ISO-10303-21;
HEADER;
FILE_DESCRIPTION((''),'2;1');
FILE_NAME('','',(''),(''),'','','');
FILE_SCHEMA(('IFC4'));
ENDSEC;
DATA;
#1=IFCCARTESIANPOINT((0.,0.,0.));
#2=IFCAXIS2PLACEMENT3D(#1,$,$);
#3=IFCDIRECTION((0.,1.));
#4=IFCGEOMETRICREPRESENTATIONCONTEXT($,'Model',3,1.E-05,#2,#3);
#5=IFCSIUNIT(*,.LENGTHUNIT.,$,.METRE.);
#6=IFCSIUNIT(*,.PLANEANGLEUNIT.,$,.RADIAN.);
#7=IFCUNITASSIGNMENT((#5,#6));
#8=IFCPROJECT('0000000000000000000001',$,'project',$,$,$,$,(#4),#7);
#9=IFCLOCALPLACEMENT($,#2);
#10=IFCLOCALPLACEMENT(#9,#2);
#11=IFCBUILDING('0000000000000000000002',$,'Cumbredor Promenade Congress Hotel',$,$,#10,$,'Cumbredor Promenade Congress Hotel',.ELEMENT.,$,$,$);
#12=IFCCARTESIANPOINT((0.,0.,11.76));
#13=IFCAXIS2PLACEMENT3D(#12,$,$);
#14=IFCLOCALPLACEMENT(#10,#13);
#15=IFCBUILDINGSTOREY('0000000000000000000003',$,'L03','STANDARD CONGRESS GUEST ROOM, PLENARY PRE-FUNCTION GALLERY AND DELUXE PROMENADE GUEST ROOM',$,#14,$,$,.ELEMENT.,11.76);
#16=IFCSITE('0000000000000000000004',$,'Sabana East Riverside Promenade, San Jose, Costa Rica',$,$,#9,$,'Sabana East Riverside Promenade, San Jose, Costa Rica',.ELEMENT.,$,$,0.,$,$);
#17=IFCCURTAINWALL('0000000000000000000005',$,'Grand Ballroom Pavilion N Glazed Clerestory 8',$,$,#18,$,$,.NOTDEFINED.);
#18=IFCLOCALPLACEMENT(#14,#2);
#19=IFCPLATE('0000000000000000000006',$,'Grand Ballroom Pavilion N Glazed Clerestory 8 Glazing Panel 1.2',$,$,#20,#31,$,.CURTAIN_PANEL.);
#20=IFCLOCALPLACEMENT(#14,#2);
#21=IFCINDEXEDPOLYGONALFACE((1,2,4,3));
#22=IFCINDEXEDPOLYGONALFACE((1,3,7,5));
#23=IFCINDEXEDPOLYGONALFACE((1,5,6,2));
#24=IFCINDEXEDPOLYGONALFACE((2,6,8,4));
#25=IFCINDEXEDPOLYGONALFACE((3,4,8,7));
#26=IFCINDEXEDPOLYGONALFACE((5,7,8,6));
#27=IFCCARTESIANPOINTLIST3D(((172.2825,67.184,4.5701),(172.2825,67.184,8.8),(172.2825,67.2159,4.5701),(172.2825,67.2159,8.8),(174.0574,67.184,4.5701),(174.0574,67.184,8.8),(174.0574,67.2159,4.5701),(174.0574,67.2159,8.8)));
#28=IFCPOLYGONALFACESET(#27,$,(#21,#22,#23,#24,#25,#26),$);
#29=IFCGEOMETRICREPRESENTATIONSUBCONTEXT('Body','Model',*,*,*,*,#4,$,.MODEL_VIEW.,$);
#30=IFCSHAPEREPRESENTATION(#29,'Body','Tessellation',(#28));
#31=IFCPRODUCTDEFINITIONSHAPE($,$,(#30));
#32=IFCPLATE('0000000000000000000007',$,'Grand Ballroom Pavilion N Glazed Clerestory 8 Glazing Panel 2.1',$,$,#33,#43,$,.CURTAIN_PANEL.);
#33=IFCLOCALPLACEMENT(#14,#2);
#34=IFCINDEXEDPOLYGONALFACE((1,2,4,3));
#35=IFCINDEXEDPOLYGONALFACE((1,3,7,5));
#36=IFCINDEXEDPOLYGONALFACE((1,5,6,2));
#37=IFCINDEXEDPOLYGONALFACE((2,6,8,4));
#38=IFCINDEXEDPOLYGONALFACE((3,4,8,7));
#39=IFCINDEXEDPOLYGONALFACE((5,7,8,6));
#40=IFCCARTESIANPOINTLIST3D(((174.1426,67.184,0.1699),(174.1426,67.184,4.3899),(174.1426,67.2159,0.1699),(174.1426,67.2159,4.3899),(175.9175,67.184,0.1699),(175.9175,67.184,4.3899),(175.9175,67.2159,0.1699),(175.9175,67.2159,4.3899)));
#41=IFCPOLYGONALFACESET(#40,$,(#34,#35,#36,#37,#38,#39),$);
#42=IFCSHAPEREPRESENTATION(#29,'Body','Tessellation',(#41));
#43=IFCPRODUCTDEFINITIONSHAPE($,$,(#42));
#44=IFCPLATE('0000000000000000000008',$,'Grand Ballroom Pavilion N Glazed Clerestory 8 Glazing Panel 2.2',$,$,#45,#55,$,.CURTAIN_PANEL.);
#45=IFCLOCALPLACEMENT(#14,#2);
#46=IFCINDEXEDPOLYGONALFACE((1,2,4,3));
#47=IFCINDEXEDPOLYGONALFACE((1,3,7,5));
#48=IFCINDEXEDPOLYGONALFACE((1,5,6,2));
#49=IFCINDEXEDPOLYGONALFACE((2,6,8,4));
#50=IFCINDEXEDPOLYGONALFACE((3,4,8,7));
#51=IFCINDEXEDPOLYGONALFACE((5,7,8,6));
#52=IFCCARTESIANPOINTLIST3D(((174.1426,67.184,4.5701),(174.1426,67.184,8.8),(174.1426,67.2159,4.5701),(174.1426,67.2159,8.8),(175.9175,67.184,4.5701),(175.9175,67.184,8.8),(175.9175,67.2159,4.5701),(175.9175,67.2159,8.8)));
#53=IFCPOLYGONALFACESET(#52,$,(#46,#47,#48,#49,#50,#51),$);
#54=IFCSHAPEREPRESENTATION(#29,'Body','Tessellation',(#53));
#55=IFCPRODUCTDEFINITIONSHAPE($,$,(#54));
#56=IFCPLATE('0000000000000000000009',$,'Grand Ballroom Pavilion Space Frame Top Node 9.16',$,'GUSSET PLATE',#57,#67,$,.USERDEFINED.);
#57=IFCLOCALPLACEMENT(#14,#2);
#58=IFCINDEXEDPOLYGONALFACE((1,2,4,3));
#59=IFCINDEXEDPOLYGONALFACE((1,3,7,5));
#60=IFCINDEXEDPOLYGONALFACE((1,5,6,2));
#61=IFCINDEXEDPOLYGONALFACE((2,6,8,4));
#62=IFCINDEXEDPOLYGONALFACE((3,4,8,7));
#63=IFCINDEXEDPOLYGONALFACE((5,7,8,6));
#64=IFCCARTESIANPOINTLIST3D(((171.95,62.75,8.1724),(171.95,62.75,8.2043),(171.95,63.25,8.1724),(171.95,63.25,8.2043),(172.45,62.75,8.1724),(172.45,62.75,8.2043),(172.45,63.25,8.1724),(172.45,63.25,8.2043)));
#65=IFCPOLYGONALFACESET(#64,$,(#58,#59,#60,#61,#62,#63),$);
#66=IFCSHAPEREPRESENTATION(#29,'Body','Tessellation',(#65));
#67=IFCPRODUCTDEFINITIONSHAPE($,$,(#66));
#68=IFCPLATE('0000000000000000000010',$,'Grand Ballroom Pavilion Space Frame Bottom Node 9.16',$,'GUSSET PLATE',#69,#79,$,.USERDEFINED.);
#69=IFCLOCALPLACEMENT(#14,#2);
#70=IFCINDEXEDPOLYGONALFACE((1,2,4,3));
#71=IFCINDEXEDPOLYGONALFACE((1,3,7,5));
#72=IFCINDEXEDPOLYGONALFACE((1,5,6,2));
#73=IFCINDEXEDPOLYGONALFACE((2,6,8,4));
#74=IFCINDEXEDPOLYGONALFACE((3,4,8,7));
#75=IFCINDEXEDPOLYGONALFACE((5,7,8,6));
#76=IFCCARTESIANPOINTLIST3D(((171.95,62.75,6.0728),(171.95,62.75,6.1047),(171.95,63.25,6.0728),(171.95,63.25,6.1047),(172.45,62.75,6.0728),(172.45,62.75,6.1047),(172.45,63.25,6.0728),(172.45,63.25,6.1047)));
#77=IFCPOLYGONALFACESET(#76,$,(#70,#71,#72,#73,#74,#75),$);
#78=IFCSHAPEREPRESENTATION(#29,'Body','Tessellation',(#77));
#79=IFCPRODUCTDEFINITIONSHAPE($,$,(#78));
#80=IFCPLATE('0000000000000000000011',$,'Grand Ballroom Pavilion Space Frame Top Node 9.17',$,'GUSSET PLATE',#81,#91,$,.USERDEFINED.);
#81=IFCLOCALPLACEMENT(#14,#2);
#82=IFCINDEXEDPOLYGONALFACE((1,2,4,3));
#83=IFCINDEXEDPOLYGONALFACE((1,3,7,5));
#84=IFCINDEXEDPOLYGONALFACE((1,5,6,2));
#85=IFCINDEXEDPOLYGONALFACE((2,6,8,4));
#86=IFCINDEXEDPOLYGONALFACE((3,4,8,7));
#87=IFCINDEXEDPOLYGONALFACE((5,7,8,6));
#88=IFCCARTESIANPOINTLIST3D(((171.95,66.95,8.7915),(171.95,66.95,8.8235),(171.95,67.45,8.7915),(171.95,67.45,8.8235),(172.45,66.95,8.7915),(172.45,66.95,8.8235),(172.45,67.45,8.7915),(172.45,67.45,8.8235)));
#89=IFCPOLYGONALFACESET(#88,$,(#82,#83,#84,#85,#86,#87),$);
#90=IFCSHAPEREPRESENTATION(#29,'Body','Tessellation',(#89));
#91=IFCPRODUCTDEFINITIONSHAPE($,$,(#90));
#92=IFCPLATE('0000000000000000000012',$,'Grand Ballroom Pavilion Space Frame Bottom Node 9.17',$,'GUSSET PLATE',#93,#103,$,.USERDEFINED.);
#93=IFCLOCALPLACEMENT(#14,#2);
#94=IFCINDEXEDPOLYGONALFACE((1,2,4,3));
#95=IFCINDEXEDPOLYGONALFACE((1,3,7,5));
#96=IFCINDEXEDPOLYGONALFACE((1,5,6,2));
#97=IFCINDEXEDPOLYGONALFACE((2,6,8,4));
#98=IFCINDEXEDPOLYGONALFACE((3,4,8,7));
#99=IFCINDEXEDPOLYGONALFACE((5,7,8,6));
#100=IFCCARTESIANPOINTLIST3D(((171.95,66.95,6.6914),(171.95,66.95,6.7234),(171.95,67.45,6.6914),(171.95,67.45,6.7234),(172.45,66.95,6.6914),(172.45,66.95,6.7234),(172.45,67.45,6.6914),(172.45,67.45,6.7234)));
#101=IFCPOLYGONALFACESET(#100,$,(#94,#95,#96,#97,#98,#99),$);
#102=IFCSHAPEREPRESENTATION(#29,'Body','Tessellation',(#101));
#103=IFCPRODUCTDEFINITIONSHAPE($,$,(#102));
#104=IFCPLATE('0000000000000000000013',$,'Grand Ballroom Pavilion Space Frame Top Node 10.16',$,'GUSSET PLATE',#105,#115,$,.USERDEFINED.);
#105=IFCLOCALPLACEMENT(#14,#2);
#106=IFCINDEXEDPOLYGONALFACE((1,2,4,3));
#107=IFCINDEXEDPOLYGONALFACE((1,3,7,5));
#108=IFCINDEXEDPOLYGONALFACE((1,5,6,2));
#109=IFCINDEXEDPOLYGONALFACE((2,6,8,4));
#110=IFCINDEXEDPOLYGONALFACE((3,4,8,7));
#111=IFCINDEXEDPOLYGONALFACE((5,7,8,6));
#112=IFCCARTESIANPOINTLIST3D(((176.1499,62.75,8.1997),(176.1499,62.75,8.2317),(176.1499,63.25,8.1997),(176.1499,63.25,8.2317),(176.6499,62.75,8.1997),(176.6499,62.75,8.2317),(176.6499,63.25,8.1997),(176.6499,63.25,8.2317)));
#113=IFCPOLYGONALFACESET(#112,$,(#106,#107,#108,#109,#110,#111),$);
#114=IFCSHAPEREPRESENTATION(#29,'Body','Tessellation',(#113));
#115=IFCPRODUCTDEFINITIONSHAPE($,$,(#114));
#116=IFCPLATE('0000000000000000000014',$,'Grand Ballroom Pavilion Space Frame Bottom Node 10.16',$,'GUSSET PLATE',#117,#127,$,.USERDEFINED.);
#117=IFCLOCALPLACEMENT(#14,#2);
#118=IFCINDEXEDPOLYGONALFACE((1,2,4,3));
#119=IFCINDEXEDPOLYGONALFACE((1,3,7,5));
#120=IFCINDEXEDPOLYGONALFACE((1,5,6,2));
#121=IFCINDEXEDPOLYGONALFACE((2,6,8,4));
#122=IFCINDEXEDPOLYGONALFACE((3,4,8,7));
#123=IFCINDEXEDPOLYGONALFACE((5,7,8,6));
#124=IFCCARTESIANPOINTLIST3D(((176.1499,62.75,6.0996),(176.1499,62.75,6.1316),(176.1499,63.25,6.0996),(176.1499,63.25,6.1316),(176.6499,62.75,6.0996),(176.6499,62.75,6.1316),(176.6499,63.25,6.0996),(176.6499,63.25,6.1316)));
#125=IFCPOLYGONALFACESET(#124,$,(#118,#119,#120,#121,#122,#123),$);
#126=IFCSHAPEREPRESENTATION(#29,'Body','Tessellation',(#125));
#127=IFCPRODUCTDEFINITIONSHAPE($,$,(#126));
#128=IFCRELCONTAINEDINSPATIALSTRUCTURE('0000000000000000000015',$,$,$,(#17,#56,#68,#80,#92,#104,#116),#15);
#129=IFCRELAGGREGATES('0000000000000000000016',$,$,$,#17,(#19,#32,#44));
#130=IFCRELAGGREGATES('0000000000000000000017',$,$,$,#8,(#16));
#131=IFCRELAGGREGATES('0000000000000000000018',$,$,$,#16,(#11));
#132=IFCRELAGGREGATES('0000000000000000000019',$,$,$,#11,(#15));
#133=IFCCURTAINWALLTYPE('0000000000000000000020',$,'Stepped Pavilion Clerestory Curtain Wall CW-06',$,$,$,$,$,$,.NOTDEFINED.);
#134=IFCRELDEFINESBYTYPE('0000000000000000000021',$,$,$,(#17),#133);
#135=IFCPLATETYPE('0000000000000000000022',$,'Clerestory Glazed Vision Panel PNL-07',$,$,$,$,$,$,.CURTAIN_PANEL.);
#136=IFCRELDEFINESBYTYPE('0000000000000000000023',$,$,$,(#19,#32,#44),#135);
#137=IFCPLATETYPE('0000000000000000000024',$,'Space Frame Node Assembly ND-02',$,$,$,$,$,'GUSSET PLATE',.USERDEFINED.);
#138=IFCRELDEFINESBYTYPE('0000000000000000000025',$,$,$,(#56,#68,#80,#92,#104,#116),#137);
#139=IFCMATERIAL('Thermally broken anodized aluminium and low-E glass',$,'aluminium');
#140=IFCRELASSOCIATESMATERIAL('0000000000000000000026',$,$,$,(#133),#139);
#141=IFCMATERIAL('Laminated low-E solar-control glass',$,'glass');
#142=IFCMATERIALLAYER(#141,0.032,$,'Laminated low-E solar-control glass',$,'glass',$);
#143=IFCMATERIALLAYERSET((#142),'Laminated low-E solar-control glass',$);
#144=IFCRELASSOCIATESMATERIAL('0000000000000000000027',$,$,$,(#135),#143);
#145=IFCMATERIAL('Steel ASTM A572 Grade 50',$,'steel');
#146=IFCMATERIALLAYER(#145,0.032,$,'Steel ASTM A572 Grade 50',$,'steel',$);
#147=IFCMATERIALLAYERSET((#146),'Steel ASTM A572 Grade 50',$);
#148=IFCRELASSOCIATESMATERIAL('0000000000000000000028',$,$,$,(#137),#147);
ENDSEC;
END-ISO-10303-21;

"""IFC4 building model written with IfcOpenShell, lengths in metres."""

from ifc_helpers import new_model, si_unit, direction, frame, origin, origin_2d, place, context, subcontext, project, spatial, rectangle, extrude, material, layer, layer_set, type_object, element, aggregate, save


model = new_model("IFC4")

# Units and contexts
model_context = context("Model", 3, precision=1e-05, world=origin(), true_north=direction((0.0, 1.0)))
body_context = subcontext(model_context, "Body", "Model", "MODEL_VIEW")
ifc_project = project(units=[si_unit("LENGTHUNIT", "METRE"), si_unit("PLANEANGLEUNIT", "RADIAN")], contexts=[model_context])

# Site, building, storey
site_placement = place(None, origin())
site = spatial("IfcSite", under=ifc_project, at=site_placement, Name="Sabana East Riverside Promenade, San Jose, Costa Rica", LongName="Sabana East Riverside Promenade, San Jose, Costa Rica", CompositionType="ELEMENT", RefElevation=0.0)
building_placement = place(site_placement, origin())
building = spatial("IfcBuilding", under=site, at=building_placement, Name="Cumbredor Promenade Congress Hotel", LongName="Cumbredor Promenade Congress Hotel", CompositionType="ELEMENT")
storey_placement = place(building_placement, frame((0.0, 0.0, 11.76)))
storey = spatial("IfcBuildingStorey", under=building, at=storey_placement, Name="L03", Description="STANDARD CONGRESS GUEST ROOM, PLENARY PRE-FUNCTION GALLERY AND DELUXE PROMENADE GUEST ROOM", CompositionType="ELEMENT", Elevation=11.76)

# Shared definitions
ifc_material_1 = material(Name="Thermally broken anodized aluminium and low-E glass", Category="aluminium")
curtain_wall_type = type_object("IfcCurtainWallType", Name="Stepped Pavilion Clerestory Curtain Wall CW-06", PredefinedType="NOTDEFINED", material=ifc_material_1)

# Curtain wall
curtain_wall_1_placement = place(storey_placement, origin())
curtain_wall_1 = element("IfcCurtainWall", 1, at=curtain_wall_1_placement, inside=storey, type_object=curtain_wall_type, Name="Grand Ballroom Pavilion N Glazed Clerestory 8", PredefinedType="NOTDEFINED")

# Plates
ifc_material_2 = material(Name="Laminated low-E solar-control glass", Category="glass")
ifc_layer_1 = layer(ifc_material_2, 0.032, Name="Laminated low-E solar-control glass", Category="glass")
ifc_layer_set_1 = layer_set([ifc_layer_1], Name="Laminated low-E solar-control glass")
plate_type_1 = type_object("IfcPlateType", Name="Clerestory Glazed Vision Panel PNL-07", PredefinedType="CURTAIN_PANEL", material=ifc_layer_set_1)
plate_1_placement = place(storey_placement, frame((173.1699, 67.2, 4.5701), z_axis=(0.0, 0.0, 1.0), x_axis=(1.0, 0.0, 0.0)))
plate_1 = element("IfcPlate", 2, at=plate_1_placement, type_object=plate_type_1, Name="Grand Ballroom Pavilion N Glazed Clerestory 8 Glazing Panel 1.2", PredefinedType="CURTAIN_PANEL", context=body_context, shape_type="SweptSolid", body=[
    extrude(rectangle(XDim=1.7749, YDim=0.032, at=origin_2d()), origin(), (0.0, 0.0, 1.0), 4.23),
])
plate_2_placement = place(storey_placement, frame((175.03, 67.2, 0.1699), z_axis=(0.0, 0.0, 1.0), x_axis=(1.0, 0.0, 0.0)))
plate_2 = element("IfcPlate", 3, at=plate_2_placement, type_object=plate_type_1, Name="Grand Ballroom Pavilion N Glazed Clerestory 8 Glazing Panel 2.1", PredefinedType="CURTAIN_PANEL", context=body_context, shape_type="SweptSolid", body=[
    extrude(rectangle(XDim=1.7749, YDim=0.032, at=origin_2d()), origin(), (0.0, 0.0, 1.0), 4.22),
])
plate_3_placement = place(storey_placement, frame((175.03, 67.2, 4.5701), z_axis=(0.0, 0.0, 1.0), x_axis=(1.0, 0.0, 0.0)))
plate_3 = element("IfcPlate", 4, at=plate_3_placement, type_object=plate_type_1, Name="Grand Ballroom Pavilion N Glazed Clerestory 8 Glazing Panel 2.2", PredefinedType="CURTAIN_PANEL", context=body_context, shape_type="SweptSolid", body=[
    extrude(rectangle(XDim=1.7749, YDim=0.032, at=origin_2d()), origin(), (0.0, 0.0, 1.0), 4.23),
])
aggregate(curtain_wall_1, [plate_1, plate_2, plate_3])

# Plates
ifc_material_3 = material(Name="Steel ASTM A572 Grade 50", Category="steel")
ifc_layer_2 = layer(ifc_material_3, 0.032, Name="Steel ASTM A572 Grade 50", Category="steel")
ifc_layer_set_2 = layer_set([ifc_layer_2], Name="Steel ASTM A572 Grade 50")
plate_type_2 = type_object("IfcPlateType", Name="Space Frame Node Assembly ND-02", ElementType="GUSSET PLATE", PredefinedType="USERDEFINED", material=ifc_layer_set_2)
for number, where, z_axis, x_axis, name in (
    (5, (172.2, 63.0, 8.1724), (0.0, 0.0, 1.0), (1.0, 0.0, 0.0), "Grand Ballroom Pavilion Space Frame Top Node 9.16"),
    (6, (172.2, 63.0, 6.0728), (0.0, 0.0, 1.0), (1.0, 0.0, 0.0), "Grand Ballroom Pavilion Space Frame Bottom Node 9.16"),
    (7, (172.2, 67.2, 8.7915), (0.0, 0.0, 1.0), (1.0, 0.0, 0.0), "Grand Ballroom Pavilion Space Frame Top Node 9.17"),
    (8, (172.2, 67.2, 6.6914), (0.0, 0.0, 1.0), (1.0, 0.0, 0.0), "Grand Ballroom Pavilion Space Frame Bottom Node 9.17"),
    (9, (176.3999, 63.0, 8.1997), (0.0, 0.0, 1.0), (1.0, 0.0, 0.0), "Grand Ballroom Pavilion Space Frame Top Node 10.16"),
    (10, (176.3999, 63.0, 6.0996), (0.0, 0.0, 1.0), (1.0, 0.0, 0.0), "Grand Ballroom Pavilion Space Frame Bottom Node 10.16"),
):
    element("IfcPlate", number, at=place(storey_placement, frame(where, z_axis=z_axis, x_axis=x_axis)), inside=storey, type_object=plate_type_2, Name=name, ObjectType="GUSSET PLATE", PredefinedType="USERDEFINED", context=body_context, shape_type="SweptSolid", body=[
        extrude(rectangle(XDim=0.5, YDim=0.5, at=origin_2d()), origin(), (0.0, 0.0, 1.0), 0.032),
    ])

save(model, "model.ifc")
